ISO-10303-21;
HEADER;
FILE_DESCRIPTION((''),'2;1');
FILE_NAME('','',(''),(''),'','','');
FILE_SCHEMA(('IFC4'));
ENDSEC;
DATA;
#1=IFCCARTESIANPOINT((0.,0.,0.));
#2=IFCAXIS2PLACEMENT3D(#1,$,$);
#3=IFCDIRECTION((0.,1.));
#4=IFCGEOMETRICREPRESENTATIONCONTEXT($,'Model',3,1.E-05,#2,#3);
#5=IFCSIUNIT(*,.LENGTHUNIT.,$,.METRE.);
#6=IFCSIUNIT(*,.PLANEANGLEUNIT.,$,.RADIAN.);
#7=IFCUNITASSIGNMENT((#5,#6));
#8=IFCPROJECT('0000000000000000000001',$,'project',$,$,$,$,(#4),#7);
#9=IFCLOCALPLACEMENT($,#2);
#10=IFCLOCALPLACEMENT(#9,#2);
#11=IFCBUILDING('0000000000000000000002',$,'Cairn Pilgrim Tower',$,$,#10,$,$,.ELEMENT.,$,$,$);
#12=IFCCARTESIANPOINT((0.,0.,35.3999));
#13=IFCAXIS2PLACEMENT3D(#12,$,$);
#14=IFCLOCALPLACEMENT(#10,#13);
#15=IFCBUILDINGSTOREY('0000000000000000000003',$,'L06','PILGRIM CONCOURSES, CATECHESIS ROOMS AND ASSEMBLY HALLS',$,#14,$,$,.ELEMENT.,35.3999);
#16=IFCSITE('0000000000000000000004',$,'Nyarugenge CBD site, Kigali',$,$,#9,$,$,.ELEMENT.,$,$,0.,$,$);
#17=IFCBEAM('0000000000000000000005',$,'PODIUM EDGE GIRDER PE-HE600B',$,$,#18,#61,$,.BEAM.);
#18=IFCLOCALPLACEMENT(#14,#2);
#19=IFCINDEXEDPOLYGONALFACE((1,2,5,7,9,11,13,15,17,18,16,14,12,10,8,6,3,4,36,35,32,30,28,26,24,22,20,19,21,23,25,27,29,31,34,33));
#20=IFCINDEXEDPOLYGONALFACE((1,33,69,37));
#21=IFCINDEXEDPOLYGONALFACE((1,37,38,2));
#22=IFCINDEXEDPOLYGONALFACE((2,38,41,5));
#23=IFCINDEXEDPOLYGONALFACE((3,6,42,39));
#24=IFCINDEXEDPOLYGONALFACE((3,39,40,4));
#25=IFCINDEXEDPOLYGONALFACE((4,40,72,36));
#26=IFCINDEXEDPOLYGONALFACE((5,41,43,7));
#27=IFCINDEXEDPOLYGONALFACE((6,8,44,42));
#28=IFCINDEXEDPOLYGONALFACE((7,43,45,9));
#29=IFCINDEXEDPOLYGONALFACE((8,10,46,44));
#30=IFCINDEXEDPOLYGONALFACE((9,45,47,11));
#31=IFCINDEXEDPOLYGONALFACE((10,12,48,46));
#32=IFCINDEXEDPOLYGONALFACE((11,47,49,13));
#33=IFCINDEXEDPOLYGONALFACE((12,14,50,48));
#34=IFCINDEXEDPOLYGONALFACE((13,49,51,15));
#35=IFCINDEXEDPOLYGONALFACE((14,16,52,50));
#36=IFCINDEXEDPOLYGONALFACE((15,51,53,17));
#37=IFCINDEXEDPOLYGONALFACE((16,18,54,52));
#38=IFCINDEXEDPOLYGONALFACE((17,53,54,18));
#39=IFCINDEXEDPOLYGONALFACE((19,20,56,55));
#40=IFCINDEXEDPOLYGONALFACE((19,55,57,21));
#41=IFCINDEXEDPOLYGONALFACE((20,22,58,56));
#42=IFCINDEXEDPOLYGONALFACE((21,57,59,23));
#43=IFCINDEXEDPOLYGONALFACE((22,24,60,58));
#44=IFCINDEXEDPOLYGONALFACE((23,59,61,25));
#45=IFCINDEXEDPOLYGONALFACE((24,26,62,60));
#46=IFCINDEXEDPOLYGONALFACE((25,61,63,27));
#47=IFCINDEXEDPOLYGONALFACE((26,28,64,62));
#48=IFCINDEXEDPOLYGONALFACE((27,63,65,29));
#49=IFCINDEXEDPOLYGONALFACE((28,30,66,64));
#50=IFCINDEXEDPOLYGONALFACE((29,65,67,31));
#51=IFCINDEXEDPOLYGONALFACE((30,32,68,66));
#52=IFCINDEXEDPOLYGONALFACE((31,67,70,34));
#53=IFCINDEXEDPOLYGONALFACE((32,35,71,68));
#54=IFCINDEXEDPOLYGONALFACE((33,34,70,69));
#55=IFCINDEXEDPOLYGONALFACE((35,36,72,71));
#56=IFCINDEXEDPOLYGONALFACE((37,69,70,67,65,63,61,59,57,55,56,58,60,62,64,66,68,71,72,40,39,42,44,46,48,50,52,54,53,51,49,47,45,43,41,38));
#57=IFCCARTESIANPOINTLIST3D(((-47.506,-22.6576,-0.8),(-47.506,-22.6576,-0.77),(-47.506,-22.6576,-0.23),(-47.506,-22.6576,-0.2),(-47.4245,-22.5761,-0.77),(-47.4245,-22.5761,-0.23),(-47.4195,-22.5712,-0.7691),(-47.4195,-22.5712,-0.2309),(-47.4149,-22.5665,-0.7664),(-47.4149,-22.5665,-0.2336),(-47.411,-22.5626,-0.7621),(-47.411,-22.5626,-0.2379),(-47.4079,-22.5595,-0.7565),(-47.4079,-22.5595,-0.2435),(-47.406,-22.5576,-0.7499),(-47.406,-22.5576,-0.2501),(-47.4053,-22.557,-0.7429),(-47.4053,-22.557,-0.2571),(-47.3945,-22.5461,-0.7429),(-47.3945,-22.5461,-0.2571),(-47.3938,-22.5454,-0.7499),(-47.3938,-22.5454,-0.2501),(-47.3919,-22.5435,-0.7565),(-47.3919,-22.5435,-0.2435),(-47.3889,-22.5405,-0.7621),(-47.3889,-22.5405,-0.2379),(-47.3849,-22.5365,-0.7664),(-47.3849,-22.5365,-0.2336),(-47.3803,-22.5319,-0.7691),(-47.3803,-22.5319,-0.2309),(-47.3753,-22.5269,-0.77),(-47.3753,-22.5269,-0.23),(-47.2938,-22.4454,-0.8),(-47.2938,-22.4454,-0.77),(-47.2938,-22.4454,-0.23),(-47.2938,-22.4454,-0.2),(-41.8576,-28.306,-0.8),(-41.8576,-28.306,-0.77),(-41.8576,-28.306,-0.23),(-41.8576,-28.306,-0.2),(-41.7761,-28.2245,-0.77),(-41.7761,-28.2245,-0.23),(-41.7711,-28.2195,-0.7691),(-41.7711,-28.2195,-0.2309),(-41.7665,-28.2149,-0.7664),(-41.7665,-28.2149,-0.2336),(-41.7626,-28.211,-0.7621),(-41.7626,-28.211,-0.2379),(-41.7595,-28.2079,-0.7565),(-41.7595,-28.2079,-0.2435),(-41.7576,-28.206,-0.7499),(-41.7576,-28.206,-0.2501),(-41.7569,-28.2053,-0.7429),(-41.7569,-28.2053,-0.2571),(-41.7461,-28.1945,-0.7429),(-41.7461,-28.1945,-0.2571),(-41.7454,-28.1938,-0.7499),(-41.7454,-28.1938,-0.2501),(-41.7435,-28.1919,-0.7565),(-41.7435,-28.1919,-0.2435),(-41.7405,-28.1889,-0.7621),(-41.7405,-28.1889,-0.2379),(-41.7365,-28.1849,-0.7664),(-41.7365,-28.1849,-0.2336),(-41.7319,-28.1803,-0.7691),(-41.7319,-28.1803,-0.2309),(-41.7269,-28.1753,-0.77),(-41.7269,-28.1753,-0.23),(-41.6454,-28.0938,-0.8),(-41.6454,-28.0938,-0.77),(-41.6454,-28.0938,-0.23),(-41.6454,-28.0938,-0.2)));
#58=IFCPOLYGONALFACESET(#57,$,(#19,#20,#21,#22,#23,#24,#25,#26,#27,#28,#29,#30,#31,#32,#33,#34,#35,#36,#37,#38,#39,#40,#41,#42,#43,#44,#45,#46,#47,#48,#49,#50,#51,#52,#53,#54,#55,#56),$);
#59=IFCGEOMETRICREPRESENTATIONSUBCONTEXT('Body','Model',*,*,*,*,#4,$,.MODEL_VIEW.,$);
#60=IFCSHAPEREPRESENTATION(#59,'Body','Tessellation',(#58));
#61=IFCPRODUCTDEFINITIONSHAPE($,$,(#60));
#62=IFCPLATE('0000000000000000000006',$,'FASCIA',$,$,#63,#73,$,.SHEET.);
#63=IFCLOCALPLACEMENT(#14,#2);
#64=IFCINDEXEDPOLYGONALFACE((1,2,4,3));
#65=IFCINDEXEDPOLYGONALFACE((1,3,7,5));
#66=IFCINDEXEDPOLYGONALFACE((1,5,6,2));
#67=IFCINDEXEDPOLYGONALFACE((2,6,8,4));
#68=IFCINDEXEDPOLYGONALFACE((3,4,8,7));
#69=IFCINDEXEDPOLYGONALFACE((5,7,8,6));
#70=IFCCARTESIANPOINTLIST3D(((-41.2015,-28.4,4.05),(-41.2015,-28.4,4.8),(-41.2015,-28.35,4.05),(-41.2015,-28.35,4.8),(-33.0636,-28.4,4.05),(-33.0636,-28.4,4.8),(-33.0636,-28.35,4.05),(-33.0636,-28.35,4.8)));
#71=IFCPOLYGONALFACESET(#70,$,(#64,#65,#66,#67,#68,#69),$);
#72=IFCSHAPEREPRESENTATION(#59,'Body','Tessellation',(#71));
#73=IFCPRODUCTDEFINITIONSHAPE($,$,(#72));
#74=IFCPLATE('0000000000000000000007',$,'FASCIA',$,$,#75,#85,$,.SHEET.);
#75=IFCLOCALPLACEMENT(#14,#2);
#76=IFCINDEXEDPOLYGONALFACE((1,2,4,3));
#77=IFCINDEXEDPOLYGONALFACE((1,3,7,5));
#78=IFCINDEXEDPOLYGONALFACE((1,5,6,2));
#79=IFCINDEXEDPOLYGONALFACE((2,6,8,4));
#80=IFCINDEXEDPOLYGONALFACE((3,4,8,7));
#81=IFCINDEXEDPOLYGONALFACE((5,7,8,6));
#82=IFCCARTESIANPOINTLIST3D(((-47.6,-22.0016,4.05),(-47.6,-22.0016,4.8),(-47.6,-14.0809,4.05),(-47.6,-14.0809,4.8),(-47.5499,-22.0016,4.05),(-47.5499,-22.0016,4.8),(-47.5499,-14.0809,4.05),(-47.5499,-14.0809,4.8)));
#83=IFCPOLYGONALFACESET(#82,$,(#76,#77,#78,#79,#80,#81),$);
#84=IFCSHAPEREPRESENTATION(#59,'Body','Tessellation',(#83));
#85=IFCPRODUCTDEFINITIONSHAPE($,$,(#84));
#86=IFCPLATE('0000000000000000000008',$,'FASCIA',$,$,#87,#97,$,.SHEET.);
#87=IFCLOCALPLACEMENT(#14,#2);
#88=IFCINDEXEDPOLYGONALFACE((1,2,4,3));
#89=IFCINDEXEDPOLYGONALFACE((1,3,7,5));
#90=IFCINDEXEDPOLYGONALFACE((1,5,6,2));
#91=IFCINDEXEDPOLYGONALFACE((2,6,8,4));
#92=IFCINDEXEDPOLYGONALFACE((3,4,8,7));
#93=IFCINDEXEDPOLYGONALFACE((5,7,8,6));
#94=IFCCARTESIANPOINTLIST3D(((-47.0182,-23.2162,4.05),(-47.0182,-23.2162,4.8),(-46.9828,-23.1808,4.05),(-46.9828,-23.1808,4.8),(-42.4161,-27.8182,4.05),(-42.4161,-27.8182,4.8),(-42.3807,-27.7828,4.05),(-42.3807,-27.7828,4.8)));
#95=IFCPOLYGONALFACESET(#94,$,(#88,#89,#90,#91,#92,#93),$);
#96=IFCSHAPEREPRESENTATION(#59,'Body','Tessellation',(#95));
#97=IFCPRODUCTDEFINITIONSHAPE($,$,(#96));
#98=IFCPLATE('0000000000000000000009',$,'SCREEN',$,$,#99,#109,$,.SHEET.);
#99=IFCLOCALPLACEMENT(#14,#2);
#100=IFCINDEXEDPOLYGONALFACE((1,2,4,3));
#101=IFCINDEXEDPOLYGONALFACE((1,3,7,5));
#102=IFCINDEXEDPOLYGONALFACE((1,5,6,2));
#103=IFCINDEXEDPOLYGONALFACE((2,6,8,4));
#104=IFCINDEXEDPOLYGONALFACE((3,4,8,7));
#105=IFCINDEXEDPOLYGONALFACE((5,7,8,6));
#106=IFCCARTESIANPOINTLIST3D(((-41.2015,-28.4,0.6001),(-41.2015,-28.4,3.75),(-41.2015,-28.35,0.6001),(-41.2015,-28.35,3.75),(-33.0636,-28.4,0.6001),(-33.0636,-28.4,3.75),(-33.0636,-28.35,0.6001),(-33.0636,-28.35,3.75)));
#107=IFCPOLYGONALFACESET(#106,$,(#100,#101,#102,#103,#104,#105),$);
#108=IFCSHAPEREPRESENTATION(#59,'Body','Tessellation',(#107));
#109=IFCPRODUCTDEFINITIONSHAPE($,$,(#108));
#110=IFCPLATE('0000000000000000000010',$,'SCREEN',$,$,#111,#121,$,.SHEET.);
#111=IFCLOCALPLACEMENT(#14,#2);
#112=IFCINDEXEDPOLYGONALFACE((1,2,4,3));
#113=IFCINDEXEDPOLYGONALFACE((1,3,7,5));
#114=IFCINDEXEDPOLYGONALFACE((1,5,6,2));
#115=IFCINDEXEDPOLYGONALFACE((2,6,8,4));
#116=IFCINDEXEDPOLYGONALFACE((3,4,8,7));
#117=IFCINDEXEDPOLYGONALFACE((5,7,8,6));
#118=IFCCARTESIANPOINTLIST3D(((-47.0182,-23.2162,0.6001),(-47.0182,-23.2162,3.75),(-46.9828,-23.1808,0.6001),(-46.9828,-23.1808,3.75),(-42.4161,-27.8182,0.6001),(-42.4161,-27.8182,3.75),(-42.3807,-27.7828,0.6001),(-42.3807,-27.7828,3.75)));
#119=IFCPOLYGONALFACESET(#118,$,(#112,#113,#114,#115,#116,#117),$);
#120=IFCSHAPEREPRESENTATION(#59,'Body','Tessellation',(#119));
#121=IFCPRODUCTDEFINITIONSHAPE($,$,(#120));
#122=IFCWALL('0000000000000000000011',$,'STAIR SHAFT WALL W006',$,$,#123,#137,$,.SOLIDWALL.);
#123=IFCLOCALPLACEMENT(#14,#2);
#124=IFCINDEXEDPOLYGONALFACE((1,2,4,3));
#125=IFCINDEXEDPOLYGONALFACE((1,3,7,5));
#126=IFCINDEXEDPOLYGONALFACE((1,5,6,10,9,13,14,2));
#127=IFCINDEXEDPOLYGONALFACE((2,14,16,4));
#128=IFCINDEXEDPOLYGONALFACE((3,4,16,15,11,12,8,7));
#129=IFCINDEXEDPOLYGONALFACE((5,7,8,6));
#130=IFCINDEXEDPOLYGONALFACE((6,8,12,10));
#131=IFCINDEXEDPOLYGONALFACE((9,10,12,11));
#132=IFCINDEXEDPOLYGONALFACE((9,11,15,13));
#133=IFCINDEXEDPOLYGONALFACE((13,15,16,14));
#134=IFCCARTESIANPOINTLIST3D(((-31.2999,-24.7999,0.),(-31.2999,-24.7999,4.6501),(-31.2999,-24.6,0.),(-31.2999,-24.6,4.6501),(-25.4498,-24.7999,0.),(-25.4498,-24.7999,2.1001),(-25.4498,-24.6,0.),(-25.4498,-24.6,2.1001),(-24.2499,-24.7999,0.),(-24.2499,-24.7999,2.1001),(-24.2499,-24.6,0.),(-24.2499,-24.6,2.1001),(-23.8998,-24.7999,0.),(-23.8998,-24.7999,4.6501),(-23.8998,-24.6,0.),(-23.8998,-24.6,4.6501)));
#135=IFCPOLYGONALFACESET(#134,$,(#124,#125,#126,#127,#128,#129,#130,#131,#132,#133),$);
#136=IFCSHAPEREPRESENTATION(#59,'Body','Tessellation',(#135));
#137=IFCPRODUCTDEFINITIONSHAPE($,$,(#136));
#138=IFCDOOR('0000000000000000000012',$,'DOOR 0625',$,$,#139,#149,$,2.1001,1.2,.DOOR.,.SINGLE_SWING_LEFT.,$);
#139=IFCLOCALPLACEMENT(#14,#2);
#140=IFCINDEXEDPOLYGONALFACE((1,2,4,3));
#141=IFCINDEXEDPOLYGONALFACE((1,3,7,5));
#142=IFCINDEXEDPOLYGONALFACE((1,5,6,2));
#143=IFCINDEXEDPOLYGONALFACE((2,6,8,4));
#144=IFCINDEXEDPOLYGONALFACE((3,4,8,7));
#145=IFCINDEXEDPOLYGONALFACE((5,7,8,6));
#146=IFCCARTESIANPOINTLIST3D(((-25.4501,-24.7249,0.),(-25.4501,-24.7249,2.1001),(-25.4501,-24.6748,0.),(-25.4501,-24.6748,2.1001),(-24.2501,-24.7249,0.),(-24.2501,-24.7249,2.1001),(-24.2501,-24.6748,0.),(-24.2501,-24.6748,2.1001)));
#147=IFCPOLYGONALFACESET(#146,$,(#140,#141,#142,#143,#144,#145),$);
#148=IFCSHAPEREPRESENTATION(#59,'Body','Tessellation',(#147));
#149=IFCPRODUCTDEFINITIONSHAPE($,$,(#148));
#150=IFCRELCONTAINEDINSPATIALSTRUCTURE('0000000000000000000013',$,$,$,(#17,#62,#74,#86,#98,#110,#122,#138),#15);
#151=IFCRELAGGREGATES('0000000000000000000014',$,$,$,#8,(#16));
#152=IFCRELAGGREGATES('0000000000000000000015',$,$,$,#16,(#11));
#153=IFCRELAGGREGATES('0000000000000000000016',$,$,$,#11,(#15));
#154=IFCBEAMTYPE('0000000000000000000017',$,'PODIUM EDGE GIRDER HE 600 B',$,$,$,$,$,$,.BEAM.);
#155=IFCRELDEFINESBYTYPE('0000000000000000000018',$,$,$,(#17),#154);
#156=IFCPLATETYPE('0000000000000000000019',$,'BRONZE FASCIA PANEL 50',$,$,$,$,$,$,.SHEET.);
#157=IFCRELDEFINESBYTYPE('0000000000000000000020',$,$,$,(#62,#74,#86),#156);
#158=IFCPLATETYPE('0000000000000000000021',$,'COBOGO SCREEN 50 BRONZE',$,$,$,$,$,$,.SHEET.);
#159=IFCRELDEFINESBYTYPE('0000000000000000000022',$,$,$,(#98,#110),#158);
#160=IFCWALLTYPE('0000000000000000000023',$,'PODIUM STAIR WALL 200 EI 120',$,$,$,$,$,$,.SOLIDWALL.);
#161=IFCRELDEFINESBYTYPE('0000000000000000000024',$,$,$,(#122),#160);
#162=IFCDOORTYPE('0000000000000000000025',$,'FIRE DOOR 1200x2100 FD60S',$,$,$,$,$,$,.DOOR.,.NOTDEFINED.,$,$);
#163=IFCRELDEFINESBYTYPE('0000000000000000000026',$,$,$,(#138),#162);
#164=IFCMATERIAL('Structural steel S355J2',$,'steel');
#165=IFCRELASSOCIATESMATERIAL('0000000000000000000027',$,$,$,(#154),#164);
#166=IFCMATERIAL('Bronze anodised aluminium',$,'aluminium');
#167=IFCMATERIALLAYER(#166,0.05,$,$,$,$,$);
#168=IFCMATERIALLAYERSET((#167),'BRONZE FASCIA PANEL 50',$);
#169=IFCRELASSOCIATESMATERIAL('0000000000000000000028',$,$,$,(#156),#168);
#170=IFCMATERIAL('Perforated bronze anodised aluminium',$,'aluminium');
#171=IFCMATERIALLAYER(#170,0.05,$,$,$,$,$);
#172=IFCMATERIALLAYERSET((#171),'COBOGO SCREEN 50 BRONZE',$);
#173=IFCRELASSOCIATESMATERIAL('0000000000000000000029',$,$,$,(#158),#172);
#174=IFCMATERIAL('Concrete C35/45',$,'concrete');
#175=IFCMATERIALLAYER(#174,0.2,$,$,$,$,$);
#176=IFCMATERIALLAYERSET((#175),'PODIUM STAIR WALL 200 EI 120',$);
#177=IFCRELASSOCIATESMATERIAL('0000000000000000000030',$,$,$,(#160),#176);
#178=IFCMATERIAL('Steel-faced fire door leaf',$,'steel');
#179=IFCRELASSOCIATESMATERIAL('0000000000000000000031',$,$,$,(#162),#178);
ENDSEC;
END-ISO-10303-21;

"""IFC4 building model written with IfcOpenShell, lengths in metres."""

from ifc_helpers import new_model, si_unit, direction, frame, frame_2d, origin, origin_2d, place, context, subcontext, project, spatial, rectangle, i_section, extrude, material, layer, layer_set, material_profile, profile_set, type_object, element, fill, save


model = new_model("IFC4")

# Units and contexts
model_context = context("Model", 3, precision=1e-05, world=origin(), true_north=direction((0.0, 1.0)))
body_context = subcontext(model_context, "Body", "Model", "MODEL_VIEW")
ifc_project = project(units=[si_unit("LENGTHUNIT", "METRE"), si_unit("PLANEANGLEUNIT", "RADIAN")], contexts=[model_context])

# Site, building, storey
site_placement = place(None, origin())
site = spatial("IfcSite", under=ifc_project, at=site_placement, Name="Nyarugenge CBD site, Kigali", CompositionType="ELEMENT", RefElevation=0.0)
building_placement = place(site_placement, origin())
building = spatial("IfcBuilding", under=site, at=building_placement, Name="Cairn Pilgrim Tower", CompositionType="ELEMENT")
storey_placement = place(building_placement, frame((0.0, 0.0, 35.3999)))
storey = spatial("IfcBuildingStorey", under=building, at=storey_placement, Name="L06", Description="PILGRIM CONCOURSES, CATECHESIS ROOMS AND ASSEMBLY HALLS", CompositionType="ELEMENT", Elevation=35.3999)

# Beam
ifc_material_1 = material(Name="Structural steel S355J2", Category="steel")
ifc_material_profile_1 = material_profile(ifc_material_1, i_section(OverallWidth=0.3, OverallDepth=0.6001, WebThickness=0.0154, FlangeThickness=0.03, FilletRadius=0.0271, at=origin_2d()), Name="HEB 600")
ifc_profile_set_1 = profile_set([ifc_material_profile_1], Name="Structural steel S355J2")
beam_type_1 = type_object("IfcBeamType", Name="PODIUM EDGE GIRDER HE 600 B", PredefinedType="BEAM", material=ifc_profile_set_1)
beam_1_placement = place(storey_placement, frame((-47.3999, -22.5515, -0.5), z_axis=(0.707107, -0.707107, 0.0), x_axis=(0.707107, 0.707107, 0.0)))
element("IfcBeam", 1, at=beam_1_placement, inside=storey, type_object=beam_type_1, Name="PODIUM EDGE GIRDER PE-HE600B", PredefinedType="BEAM", context=body_context, shape_type="SweptSolid", body=[
    extrude(i_section(OverallWidth=0.3, OverallDepth=0.6001, WebThickness=0.0154, FlangeThickness=0.03, FilletRadius=0.0271, at=origin_2d()), origin(), (0.0, 0.0, 1.0), 7.988),
])

# Plates
ifc_material_2 = material(Name="Bronze anodised aluminium", Category="aluminium")
ifc_layer_1 = layer(ifc_material_2, 0.05)
ifc_layer_set_1 = layer_set([ifc_layer_1], Name="BRONZE FASCIA PANEL 50")
plate_type_1 = type_object("IfcPlateType", Name="BRONZE FASCIA PANEL 50", PredefinedType="SHEET", material=ifc_layer_set_1)
plate_1_placement = place(storey_placement, frame((-37.1326, -28.375, 4.05), z_axis=(0.0, 0.0, 1.0), x_axis=(1.0, 0.0, 0.0)))
element("IfcPlate", 2, at=plate_1_placement, inside=storey, type_object=plate_type_1, Name="FASCIA", PredefinedType="SHEET", context=body_context, shape_type="SweptSolid", body=[
    extrude(rectangle(XDim=8.1379, YDim=0.05, at=origin_2d()), origin(), (0.0, 0.0, 1.0), 0.75),
])
plate_2_placement = place(storey_placement, frame((-47.575, -18.0413, 4.05), z_axis=(0.0, 0.0, 1.0), x_axis=(0.0, -1.0, 0.0)))
element("IfcPlate", 3, at=plate_2_placement, inside=storey, type_object=plate_type_1, Name="FASCIA", PredefinedType="SHEET", context=body_context, shape_type="SweptSolid", body=[
    extrude(rectangle(XDim=7.9207, YDim=0.05, at=origin_2d()), origin(), (0.0, 0.0, 1.0), 0.75),
])
plate_3_placement = place(storey_placement, frame((-44.6995, -25.4995, 4.05), z_axis=(0.0, 0.0, 1.0), x_axis=(0.707107, -0.707107, 0.0)))
element("IfcPlate", 4, at=plate_3_placement, inside=storey, type_object=plate_type_1, Name="FASCIA", PredefinedType="SHEET", context=body_context, shape_type="SweptSolid", body=[
    extrude(rectangle(XDim=6.5083, YDim=0.05, at=origin_2d()), origin(), (0.0, 0.0, 1.0), 0.75),
])
ifc_material_3 = material(Name="Perforated bronze anodised aluminium", Category="aluminium")
ifc_layer_2 = layer(ifc_material_3, 0.05)
ifc_layer_set_2 = layer_set([ifc_layer_2], Name="COBOGO SCREEN 50 BRONZE")
plate_type_2 = type_object("IfcPlateType", Name="COBOGO SCREEN 50 BRONZE", PredefinedType="SHEET", material=ifc_layer_set_2)
plate_4_placement = place(storey_placement, frame((-37.1326, -28.375, 0.6001), z_axis=(0.0, 0.0, 1.0), x_axis=(1.0, 0.0, 0.0)))
element("IfcPlate", 5, at=plate_4_placement, inside=storey, type_object=plate_type_2, Name="SCREEN", PredefinedType="SHEET", context=body_context, shape_type="SweptSolid", body=[
    extrude(rectangle(XDim=8.1379, YDim=0.05, at=origin_2d()), origin(), (0.0, 0.0, 1.0), 3.1499),
])
plate_5_placement = place(storey_placement, frame((-44.6995, -25.4995, 0.6001), z_axis=(0.0, 0.0, 1.0), x_axis=(0.707107, -0.707107, 0.0)))
element("IfcPlate", 6, at=plate_5_placement, inside=storey, type_object=plate_type_2, Name="SCREEN", PredefinedType="SHEET", context=body_context, shape_type="SweptSolid", body=[
    extrude(rectangle(XDim=6.5083, YDim=0.05, at=origin_2d()), origin(), (0.0, 0.0, 1.0), 3.1499),
])

# Wall, opening, door
ifc_material_4 = material(Name="Concrete C35/45", Category="concrete")
ifc_layer_3 = layer(ifc_material_4, 0.2)
ifc_layer_set_3 = layer_set([ifc_layer_3], Name="PODIUM STAIR WALL 200 EI 120")
wall_type_1 = type_object("IfcWallType", Name="PODIUM STAIR WALL 200 EI 120", PredefinedType="SOLIDWALL", material=ifc_layer_set_3)
wall_1_placement = place(storey_placement, frame((-31.3, -24.7, 0.0), z_axis=(0.0, 0.0, 1.0), x_axis=(1.0, 0.0, 0.0)))
wall_1 = element("IfcWall", 7, at=wall_1_placement, inside=storey, type_object=wall_type_1, Name="STAIR SHAFT WALL W006", PredefinedType="SOLIDWALL", context=body_context, shape_type="SweptSolid", body=[
    extrude(rectangle(XDim=7.4001, YDim=0.2, at=frame_2d((3.7002, 0.0))), origin(), (0.0, 0.0, 1.0), 4.6501),
])
opening_1_placement = place(wall_1_placement, frame((5.8501, 0.0, 0.0)))
opening_1 = element("IfcOpeningElement", 8, at=opening_1_placement, cuts=wall_1, PredefinedType="OPENING", context=body_context, shape_type="SweptSolid", body=[
    extrude(rectangle(XDim=1.2, YDim=2.1001, at=frame_2d((0.6001, 1.05))), frame((0.0, 0.1099, 0.0), z_axis=(0.0, -1.0, 0.0), x_axis=(1.0, 0.0, 0.0)), (0.0, 0.0, 1.0), 0.22),
])
ifc_material_5 = material(Name="Steel-faced fire door leaf", Category="steel")
door_type = type_object("IfcDoorType", Name="FIRE DOOR 1200x2100 FD60S", OperationType="NOTDEFINED", PredefinedType="DOOR", material=ifc_material_5)
door_placement = place(opening_1_placement, frame((1.2, 0.0, 0.0), z_axis=(0.0, 0.0, 1.0), x_axis=(-1.0, 0.0, 0.0)))
door = element("IfcDoor", 9, at=door_placement, inside=storey, type_object=door_type, Name="DOOR 0625", OperationType="SINGLE_SWING_LEFT", OverallHeight=2.1001, OverallWidth=1.2, PredefinedType="DOOR", context=body_context, shape_type="SweptSolid", body=[
    extrude(rectangle(XDim=1.2, YDim=2.1001, at=frame_2d((0.6001, 1.05))), frame((0.0, 0.0249, 0.0), z_axis=(0.0, -1.0, 0.0), x_axis=(1.0, 0.0, 0.0)), (0.0, 0.0, 1.0), 0.05),
])
fill(opening_1, door)

save(model, "model.ifc")
